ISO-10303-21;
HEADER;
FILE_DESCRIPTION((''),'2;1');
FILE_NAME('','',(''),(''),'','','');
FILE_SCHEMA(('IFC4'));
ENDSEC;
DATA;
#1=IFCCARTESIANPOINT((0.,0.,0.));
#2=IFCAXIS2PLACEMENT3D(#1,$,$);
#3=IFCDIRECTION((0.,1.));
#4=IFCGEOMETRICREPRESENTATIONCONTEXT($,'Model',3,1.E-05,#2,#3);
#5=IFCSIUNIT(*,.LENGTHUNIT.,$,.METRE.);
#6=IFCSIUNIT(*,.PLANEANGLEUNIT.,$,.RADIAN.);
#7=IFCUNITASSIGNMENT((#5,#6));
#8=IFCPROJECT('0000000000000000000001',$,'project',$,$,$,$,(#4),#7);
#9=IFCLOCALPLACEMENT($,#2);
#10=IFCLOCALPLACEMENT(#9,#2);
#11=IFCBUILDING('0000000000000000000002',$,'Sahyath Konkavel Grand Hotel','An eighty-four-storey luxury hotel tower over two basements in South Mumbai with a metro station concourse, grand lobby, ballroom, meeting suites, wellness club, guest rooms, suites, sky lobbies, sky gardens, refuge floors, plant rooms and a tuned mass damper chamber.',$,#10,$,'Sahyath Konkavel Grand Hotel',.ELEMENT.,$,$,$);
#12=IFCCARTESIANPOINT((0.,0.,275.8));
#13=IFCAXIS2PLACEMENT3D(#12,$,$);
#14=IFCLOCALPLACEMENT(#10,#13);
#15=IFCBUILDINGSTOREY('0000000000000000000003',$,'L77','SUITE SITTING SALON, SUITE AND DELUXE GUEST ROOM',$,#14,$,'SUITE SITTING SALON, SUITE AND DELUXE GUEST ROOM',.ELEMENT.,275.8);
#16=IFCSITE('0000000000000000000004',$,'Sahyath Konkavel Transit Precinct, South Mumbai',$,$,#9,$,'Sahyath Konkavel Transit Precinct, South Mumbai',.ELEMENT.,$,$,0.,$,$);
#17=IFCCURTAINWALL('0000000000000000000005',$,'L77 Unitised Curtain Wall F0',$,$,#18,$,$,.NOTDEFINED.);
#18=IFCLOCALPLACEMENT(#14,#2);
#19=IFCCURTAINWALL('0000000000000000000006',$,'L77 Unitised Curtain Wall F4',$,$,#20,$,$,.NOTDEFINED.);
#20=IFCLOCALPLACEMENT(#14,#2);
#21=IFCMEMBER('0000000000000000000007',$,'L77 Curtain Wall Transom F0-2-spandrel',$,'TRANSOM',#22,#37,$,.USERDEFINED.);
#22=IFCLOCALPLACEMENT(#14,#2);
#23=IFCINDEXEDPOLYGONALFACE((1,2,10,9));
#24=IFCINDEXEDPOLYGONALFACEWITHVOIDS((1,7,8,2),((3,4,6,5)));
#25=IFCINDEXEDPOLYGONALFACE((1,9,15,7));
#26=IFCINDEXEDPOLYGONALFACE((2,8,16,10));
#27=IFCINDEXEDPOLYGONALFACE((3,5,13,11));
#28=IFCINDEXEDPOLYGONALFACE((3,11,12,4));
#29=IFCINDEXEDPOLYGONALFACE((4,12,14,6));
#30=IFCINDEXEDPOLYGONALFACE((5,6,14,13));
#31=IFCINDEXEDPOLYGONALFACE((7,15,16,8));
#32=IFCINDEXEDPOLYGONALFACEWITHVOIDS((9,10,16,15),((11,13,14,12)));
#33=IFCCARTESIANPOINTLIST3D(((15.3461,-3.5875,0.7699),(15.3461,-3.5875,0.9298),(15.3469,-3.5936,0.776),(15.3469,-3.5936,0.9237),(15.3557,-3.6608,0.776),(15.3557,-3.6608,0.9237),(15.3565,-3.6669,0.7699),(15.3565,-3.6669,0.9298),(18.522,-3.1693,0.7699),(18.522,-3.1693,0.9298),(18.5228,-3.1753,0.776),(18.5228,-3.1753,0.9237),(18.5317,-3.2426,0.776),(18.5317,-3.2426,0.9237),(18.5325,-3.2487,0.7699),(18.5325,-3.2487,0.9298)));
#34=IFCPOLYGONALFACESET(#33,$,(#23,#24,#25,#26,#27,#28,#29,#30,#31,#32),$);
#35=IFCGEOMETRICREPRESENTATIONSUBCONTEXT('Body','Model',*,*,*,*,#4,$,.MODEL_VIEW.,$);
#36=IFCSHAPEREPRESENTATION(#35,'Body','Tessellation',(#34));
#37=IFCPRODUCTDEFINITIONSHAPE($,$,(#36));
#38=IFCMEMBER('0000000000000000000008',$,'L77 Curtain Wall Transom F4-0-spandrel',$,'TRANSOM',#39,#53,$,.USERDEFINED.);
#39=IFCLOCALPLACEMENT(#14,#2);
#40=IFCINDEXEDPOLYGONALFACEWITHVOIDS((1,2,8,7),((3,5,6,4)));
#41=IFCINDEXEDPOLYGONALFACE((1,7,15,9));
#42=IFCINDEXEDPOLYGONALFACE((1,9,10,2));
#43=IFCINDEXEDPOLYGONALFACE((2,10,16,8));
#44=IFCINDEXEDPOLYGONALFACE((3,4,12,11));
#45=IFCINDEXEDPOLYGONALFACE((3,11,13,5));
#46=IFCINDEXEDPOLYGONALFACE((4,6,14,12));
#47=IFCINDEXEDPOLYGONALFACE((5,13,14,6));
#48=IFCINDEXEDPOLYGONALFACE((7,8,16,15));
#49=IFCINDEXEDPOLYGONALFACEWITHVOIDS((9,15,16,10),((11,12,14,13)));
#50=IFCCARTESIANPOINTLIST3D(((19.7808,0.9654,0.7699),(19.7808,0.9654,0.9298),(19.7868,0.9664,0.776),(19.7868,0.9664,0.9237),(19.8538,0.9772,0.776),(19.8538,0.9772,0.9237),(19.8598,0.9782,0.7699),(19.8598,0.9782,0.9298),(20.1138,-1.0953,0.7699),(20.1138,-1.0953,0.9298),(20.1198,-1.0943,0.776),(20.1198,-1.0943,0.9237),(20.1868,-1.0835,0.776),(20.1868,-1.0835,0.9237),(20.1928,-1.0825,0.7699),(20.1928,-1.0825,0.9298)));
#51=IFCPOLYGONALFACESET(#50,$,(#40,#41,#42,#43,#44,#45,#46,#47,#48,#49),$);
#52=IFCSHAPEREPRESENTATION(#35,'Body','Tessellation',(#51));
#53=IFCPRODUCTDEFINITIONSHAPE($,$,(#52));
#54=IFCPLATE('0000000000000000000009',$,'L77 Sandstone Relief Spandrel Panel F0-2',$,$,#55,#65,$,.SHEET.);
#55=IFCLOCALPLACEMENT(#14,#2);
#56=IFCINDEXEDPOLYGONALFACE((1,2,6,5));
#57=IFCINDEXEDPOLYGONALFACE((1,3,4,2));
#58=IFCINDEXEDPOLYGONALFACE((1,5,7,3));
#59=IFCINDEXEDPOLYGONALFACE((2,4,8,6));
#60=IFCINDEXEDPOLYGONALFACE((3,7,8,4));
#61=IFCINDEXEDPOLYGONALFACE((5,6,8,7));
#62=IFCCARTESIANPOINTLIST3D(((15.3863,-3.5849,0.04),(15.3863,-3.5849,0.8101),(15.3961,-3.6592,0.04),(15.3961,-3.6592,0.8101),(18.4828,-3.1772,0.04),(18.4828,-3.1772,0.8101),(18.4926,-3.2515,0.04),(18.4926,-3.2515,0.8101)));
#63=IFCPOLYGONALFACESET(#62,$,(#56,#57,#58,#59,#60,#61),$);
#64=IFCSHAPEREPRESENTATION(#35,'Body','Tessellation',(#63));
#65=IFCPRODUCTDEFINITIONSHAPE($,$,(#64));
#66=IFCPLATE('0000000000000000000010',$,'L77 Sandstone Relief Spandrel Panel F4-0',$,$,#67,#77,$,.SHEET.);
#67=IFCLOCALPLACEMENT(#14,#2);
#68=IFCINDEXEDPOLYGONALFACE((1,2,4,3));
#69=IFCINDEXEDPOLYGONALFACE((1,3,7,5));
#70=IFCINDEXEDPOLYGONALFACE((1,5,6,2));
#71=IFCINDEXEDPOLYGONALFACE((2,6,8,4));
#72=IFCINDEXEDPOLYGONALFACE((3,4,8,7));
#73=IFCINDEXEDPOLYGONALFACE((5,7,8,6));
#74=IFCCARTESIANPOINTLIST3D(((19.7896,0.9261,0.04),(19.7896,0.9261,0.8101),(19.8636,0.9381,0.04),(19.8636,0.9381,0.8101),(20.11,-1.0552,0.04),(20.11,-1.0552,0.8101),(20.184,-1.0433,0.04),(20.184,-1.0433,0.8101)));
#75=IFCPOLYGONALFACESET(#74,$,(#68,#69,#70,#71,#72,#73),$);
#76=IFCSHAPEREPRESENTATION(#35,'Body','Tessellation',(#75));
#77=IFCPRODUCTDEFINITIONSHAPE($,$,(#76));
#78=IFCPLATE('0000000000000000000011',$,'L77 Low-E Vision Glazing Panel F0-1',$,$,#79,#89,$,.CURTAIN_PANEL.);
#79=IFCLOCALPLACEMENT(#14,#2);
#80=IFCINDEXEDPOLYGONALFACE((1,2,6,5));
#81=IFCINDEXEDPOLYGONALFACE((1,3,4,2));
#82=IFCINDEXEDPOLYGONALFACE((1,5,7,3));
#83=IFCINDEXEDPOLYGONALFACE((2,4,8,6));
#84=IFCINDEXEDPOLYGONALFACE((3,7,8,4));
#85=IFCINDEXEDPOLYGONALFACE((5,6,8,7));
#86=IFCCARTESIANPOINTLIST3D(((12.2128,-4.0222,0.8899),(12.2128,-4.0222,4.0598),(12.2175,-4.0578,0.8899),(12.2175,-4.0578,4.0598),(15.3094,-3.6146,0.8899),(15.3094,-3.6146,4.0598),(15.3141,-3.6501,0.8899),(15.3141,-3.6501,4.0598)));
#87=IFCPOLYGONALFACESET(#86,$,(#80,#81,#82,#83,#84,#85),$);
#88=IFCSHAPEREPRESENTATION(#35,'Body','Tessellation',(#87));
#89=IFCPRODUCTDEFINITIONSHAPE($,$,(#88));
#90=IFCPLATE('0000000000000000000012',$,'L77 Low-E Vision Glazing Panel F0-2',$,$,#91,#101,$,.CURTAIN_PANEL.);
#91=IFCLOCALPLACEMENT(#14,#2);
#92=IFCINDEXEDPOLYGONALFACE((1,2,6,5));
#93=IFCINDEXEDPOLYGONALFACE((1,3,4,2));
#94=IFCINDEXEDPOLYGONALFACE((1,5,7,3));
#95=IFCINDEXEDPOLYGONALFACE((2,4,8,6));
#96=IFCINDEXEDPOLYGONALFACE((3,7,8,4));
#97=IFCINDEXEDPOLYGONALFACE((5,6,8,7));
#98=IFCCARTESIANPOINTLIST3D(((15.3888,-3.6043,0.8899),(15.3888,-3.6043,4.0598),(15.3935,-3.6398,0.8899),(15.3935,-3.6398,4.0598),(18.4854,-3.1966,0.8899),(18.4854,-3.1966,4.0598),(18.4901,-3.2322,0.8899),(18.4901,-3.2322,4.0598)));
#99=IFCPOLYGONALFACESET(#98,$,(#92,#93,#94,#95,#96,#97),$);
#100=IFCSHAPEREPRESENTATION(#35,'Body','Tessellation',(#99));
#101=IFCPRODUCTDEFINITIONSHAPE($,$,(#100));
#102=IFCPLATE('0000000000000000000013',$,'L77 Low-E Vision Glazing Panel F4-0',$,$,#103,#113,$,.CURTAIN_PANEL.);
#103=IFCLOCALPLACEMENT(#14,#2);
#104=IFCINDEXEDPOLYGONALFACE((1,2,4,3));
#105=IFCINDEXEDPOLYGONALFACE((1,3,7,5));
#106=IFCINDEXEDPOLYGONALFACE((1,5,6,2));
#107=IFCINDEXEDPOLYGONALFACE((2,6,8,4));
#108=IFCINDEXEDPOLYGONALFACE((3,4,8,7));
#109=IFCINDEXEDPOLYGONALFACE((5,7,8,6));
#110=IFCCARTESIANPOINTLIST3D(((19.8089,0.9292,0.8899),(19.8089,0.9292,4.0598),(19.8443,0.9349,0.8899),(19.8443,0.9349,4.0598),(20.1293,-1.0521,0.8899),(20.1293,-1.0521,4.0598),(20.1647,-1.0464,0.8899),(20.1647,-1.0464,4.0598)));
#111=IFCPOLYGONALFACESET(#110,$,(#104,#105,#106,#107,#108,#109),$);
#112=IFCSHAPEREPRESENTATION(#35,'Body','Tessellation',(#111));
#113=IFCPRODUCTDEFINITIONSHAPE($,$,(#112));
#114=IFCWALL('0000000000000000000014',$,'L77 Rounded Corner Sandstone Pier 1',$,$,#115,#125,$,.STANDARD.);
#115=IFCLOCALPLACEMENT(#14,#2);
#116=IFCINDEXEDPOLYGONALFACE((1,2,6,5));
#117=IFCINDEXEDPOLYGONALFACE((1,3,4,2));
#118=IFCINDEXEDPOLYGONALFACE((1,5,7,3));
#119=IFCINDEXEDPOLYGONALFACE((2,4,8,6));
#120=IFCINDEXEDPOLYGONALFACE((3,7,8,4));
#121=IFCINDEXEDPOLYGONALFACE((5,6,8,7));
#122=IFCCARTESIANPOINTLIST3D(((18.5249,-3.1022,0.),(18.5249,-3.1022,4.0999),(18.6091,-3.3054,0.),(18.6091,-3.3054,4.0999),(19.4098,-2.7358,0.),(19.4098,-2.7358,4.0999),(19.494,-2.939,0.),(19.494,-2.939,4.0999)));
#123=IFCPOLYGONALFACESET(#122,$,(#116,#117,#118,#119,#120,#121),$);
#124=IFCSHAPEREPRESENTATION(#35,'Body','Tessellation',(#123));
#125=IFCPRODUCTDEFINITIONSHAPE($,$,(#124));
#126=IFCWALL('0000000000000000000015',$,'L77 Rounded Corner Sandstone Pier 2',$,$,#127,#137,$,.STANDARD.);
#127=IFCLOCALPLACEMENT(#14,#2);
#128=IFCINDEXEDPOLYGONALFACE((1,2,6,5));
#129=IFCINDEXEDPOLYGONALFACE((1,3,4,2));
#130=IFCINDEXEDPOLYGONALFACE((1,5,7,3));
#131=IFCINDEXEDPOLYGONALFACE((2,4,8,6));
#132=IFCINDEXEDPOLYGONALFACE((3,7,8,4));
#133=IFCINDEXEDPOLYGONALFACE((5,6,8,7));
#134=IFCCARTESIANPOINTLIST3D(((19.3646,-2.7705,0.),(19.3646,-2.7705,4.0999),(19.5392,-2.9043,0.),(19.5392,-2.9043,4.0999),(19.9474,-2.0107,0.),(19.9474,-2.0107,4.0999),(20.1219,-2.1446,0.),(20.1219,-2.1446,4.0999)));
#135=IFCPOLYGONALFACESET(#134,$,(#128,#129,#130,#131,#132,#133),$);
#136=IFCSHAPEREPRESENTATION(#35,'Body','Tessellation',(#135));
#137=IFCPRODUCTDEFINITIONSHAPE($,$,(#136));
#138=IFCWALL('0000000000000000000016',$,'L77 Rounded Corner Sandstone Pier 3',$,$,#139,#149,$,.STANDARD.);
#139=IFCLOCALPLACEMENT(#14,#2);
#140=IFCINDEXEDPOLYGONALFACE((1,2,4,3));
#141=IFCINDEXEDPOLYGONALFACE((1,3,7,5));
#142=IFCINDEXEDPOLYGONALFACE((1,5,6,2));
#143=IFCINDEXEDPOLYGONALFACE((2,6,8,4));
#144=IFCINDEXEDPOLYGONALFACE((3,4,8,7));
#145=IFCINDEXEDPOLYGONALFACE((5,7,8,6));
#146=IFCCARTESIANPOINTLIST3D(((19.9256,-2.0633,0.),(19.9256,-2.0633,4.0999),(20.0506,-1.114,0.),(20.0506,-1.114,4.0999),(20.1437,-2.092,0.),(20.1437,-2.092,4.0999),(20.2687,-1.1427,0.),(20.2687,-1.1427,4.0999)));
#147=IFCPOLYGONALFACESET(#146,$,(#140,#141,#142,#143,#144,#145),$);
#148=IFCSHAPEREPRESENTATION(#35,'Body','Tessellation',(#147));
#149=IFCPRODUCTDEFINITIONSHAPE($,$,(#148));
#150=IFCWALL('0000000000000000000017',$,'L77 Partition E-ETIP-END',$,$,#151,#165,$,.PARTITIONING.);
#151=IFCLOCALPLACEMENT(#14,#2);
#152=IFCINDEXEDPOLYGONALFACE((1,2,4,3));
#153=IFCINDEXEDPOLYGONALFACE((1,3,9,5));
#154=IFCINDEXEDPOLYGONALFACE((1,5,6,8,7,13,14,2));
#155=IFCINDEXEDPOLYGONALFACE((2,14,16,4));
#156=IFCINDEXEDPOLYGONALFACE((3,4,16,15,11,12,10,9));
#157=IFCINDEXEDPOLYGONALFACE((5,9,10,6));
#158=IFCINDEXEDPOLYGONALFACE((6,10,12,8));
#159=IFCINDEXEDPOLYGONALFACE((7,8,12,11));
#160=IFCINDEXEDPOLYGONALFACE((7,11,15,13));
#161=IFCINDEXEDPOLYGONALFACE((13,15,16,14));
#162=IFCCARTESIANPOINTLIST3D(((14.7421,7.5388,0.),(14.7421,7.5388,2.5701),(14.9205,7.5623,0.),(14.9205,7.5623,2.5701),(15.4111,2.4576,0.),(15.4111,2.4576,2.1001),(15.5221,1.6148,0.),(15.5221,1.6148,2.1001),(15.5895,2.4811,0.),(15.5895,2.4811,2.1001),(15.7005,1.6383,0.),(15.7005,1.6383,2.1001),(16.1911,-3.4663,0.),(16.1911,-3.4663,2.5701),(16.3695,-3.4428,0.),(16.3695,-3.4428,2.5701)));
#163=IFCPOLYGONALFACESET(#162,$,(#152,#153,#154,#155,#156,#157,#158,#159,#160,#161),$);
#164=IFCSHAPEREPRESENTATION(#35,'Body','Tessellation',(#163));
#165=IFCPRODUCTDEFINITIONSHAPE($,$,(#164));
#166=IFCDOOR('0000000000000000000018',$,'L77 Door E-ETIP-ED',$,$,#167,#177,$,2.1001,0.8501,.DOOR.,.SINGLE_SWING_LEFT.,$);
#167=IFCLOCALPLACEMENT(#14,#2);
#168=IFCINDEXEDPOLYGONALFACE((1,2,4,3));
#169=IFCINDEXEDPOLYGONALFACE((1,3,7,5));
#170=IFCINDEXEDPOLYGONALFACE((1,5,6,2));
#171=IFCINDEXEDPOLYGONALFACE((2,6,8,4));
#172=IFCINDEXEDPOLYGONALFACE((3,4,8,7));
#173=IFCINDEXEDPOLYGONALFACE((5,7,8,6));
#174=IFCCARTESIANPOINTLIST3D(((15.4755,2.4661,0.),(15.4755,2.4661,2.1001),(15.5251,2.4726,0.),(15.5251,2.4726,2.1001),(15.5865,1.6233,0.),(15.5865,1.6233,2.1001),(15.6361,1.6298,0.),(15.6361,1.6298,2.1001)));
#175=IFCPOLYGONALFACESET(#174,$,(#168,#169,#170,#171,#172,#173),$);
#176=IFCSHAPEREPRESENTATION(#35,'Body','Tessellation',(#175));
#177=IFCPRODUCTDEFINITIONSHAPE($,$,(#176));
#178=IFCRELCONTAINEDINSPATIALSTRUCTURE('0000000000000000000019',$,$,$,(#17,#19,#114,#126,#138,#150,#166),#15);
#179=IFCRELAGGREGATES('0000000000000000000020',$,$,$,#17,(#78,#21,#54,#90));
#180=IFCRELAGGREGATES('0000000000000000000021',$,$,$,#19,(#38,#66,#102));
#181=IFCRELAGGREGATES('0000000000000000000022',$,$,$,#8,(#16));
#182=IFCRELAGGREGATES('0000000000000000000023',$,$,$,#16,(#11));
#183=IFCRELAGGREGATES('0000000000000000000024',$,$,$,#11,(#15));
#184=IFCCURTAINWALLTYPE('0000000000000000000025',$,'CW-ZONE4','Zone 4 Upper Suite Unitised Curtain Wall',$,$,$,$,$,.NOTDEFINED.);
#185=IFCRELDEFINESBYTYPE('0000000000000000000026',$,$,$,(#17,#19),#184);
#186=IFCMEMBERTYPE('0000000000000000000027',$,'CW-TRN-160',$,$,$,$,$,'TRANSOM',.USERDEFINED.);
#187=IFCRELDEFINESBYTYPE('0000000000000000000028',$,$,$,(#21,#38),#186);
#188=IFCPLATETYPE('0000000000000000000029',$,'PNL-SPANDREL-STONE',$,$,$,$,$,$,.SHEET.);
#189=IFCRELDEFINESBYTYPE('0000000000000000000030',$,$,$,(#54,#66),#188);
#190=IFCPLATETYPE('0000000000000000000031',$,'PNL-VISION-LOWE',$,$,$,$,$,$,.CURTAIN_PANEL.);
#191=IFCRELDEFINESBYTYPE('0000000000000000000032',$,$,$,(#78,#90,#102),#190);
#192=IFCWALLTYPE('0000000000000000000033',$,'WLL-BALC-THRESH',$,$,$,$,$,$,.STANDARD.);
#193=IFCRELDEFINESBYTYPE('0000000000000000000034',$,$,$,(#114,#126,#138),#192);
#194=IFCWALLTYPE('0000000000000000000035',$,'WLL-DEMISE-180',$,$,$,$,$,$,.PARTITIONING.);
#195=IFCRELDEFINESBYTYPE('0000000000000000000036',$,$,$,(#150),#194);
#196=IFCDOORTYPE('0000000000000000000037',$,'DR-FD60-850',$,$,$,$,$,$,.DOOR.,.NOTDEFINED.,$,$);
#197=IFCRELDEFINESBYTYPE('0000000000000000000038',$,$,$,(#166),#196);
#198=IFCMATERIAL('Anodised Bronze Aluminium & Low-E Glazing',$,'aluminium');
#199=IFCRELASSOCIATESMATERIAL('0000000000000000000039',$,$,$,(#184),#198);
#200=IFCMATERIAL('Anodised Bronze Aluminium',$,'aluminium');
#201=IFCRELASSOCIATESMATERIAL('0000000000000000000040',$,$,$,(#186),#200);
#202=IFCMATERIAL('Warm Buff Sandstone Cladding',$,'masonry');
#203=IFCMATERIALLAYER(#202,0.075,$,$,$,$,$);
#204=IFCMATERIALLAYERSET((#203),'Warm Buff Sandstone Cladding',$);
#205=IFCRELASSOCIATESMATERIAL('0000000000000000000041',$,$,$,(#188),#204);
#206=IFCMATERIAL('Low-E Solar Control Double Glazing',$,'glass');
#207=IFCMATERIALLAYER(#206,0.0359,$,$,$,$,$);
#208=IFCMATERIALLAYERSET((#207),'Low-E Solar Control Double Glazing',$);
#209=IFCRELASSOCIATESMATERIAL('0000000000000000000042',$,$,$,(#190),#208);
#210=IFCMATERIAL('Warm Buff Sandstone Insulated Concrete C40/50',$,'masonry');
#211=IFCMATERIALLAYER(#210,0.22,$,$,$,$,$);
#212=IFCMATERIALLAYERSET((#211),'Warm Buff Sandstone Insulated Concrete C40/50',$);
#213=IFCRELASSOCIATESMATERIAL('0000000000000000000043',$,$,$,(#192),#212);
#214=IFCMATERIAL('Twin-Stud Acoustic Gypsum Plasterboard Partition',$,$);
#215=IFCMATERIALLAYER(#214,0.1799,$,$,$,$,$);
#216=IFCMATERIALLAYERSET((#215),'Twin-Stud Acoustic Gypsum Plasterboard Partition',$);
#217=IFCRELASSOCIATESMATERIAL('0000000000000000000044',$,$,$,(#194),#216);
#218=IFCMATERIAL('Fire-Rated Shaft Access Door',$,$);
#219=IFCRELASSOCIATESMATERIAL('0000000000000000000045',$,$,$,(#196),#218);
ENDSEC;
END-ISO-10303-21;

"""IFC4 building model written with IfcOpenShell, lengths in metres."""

from ifc_helpers import new_model, si_unit, direction, frame, frame_2d, origin, origin_2d, place, context, subcontext, project, spatial, rectangle, hollow_rectangle, extrude, source, transform, mapped, material, layer, layer_set, material_profile, profile_set, type_object, element, fill, aggregate, save


model = new_model("IFC4")

# Units and contexts
model_context = context("Model", 3, precision=1e-05, world=origin(), true_north=direction((0.0, 1.0)))
body_context = subcontext(model_context, "Body", "Model", "MODEL_VIEW")
ifc_project = project(units=[si_unit("LENGTHUNIT", "METRE"), si_unit("PLANEANGLEUNIT", "RADIAN")], contexts=[model_context])

# Site, building, storey
site_placement = place(None, origin())
site = spatial("IfcSite", under=ifc_project, at=site_placement, Name="Sahyath Konkavel Transit Precinct, South Mumbai", LongName="Sahyath Konkavel Transit Precinct, South Mumbai", CompositionType="ELEMENT", RefElevation=0.0)
building_placement = place(site_placement, origin())
building = spatial("IfcBuilding", under=site, at=building_placement, Name="Sahyath Konkavel Grand Hotel", Description="An eighty-four-storey luxury hotel tower over two basements in South Mumbai with a metro station concourse, grand lobby, ballroom, meeting suites, wellness club, guest rooms, suites, sky lobbies, sky gardens, refuge floors, plant rooms and a tuned mass damper chamber.", LongName="Sahyath Konkavel Grand Hotel", CompositionType="ELEMENT")
storey_placement = place(building_placement, frame((0.0, 0.0, 275.8)))
storey = spatial("IfcBuildingStorey", under=building, at=storey_placement, Name="L77", Description="SUITE SITTING SALON, SUITE AND DELUXE GUEST ROOM", LongName="SUITE SITTING SALON, SUITE AND DELUXE GUEST ROOM", CompositionType="ELEMENT", Elevation=275.8)

# Curtain wall
ifc_material_1 = material(Name="Anodised Bronze Aluminium & Low-E Glazing", Category="aluminium")
curtain_wall_type = type_object("IfcCurtainWallType", Name="CW-ZONE4", Description="Zone 4 Upper Suite Unitised Curtain Wall", PredefinedType="NOTDEFINED", material=ifc_material_1)
curtain_wall_1_placement = place(storey_placement, origin())
curtain_wall_1 = element("IfcCurtainWall", 1, at=curtain_wall_1_placement, inside=storey, type_object=curtain_wall_type, Name="L77 Unitised Curtain Wall F0", PredefinedType="NOTDEFINED")
ifc_material_2 = material(Name="Anodised Bronze Aluminium", Category="aluminium")

# Curtain wall
curtain_wall_2_placement = place(storey_placement, origin())
curtain_wall_2 = element("IfcCurtainWall", 2, at=curtain_wall_2_placement, inside=storey, type_object=curtain_wall_type, Name="L77 Unitised Curtain Wall F4", PredefinedType="NOTDEFINED")

# Members
ifc_material_profile_1 = material_profile(ifc_material_2, hollow_rectangle(XDim=0.0801, YDim=0.1599, WallThickness=0.0061, at=origin_2d()), Name="RHS 160x80x6")
ifc_profile_set_1 = profile_set([ifc_material_profile_1], Name="Anodised Bronze Aluminium")
member_type_1 = type_object("IfcMemberType", Name="CW-TRN-160", ElementType="TRANSOM", PredefinedType="USERDEFINED", material=ifc_profile_set_1)
shared_shape_1 = source(origin(), body_context, "Body", "SweptSolid", [
    extrude(hollow_rectangle(XDim=0.0801, YDim=0.1599, WallThickness=0.0061, at=origin_2d()), origin(), (0.0, 0.0, 1.0), 3.2034),
])
member_1_placement = place(storey_placement, frame((15.3513, -3.6272, 0.8499), z_axis=(0.991442, 0.130551, 0.0), x_axis=(-0.130551, 0.991442, 0.0)))
member_1 = element("IfcMember", 3, at=member_1_placement, type_object=member_type_1, Name="L77 Curtain Wall Transom F0-2-spandrel", ObjectType="TRANSOM", PredefinedType="USERDEFINED", context=body_context, shape_type="MappedRepresentation", body=[
    mapped(shared_shape_1, transform((0.0, 0.0, 0.0), scale=1.0)),
])
shared_shape_2 = source(origin(), body_context, "Body", "SweptSolid", [
    extrude(hollow_rectangle(XDim=0.0801, YDim=0.1599, WallThickness=0.0061, at=origin_2d()), origin(), (0.0, 0.0, 1.0), 2.0874),
])
member_2_placement = place(storey_placement, frame((20.1533, -1.0889, 0.8499), z_axis=(-0.159541, 0.987191, 0.0), x_axis=(-0.987191, -0.159541, 0.0)))
member_2 = element("IfcMember", 4, at=member_2_placement, type_object=member_type_1, Name="L77 Curtain Wall Transom F4-0-spandrel", ObjectType="TRANSOM", PredefinedType="USERDEFINED", context=body_context, shape_type="MappedRepresentation", body=[
    mapped(shared_shape_2, transform((0.0, 0.0, 0.0), scale=1.0)),
])

# Plates
ifc_material_3 = material(Name="Warm Buff Sandstone Cladding", Category="masonry")
ifc_layer_1 = layer(ifc_material_3, 0.075)
ifc_layer_set_1 = layer_set([ifc_layer_1], Name="Warm Buff Sandstone Cladding")
plate_type_1 = type_object("IfcPlateType", Name="PNL-SPANDREL-STONE", PredefinedType="SHEET", material=ifc_layer_set_1)
shared_shape_3 = source(origin(), body_context, "Body", "SweptSolid", [
    extrude(rectangle(XDim=3.1233, YDim=0.075, at=origin_2d()), origin(), (0.0, 0.0, 1.0), 0.77),
])
plate_1_placement = place(storey_placement, frame((16.9395, -3.4182, 0.04), z_axis=(0.0, 0.0, 1.0), x_axis=(0.991445, 0.130526, 0.0)))
plate_1 = element("IfcPlate", 5, at=plate_1_placement, type_object=plate_type_1, Name="L77 Sandstone Relief Spandrel Panel F0-2", PredefinedType="SHEET", context=body_context, shape_type="MappedRepresentation", body=[
    mapped(shared_shape_3, transform((0.0, 0.0, 0.0), scale=1.0)),
])
shared_shape_4 = source(origin(), body_context, "Body", "SweptSolid", [
    extrude(rectangle(XDim=2.0071, YDim=0.075, at=origin_2d()), origin(), (0.0, 0.0, 1.0), 0.77),
])
plate_2_placement = place(storey_placement, frame((19.9868, -0.0586, 0.04), z_axis=(0.0, 0.0, 1.0), x_axis=(-0.159623, 0.987178, 0.0)))
plate_2 = element("IfcPlate", 6, at=plate_2_placement, type_object=plate_type_1, Name="L77 Sandstone Relief Spandrel Panel F4-0", PredefinedType="SHEET", context=body_context, shape_type="MappedRepresentation", body=[
    mapped(shared_shape_4, transform((0.0, 0.0, 0.0), scale=1.0)),
])
ifc_material_4 = material(Name="Low-E Solar Control Double Glazing", Category="glass")
ifc_layer_2 = layer(ifc_material_4, 0.0359)
ifc_layer_set_2 = layer_set([ifc_layer_2], Name="Low-E Solar Control Double Glazing")
plate_type_2 = type_object("IfcPlateType", Name="PNL-VISION-LOWE", PredefinedType="CURTAIN_PANEL", material=ifc_layer_set_2)
shared_shape_5 = source(origin(), body_context, "Body", "SweptSolid", [
    extrude(rectangle(XDim=3.1233, YDim=0.0359, at=origin_2d()), origin(), (0.0, 0.0, 1.0), 3.1699),
])
plate_3_placement = place(storey_placement, frame((13.7634, -3.8362, 0.8899), z_axis=(0.0, 0.0, 1.0), x_axis=(0.991445, 0.130526, 0.0)))
plate_3 = element("IfcPlate", 7, at=plate_3_placement, type_object=plate_type_2, Name="L77 Low-E Vision Glazing Panel F0-1", PredefinedType="CURTAIN_PANEL", context=body_context, shape_type="MappedRepresentation", body=[
    mapped(shared_shape_5, transform((0.0, 0.0, 0.0), scale=1.0)),
])
plate_4_placement = place(storey_placement, frame((16.9395, -3.4182, 0.8899), z_axis=(0.0, 0.0, 1.0), x_axis=(0.991445, 0.130526, 0.0)))
plate_4 = element("IfcPlate", 8, at=plate_4_placement, type_object=plate_type_2, Name="L77 Low-E Vision Glazing Panel F0-2", PredefinedType="CURTAIN_PANEL", context=body_context, shape_type="MappedRepresentation", body=[
    mapped(shared_shape_5, transform((0.0, 0.0, 0.0), scale=1.0)),
])
aggregate(curtain_wall_1, [plate_3, member_1, plate_1, plate_4])
shared_shape_6 = source(origin(), body_context, "Body", "SweptSolid", [
    extrude(rectangle(XDim=2.0071, YDim=0.0359, at=origin_2d()), origin(), (0.0, 0.0, 1.0), 3.1699),
])
plate_5_placement = place(storey_placement, frame((19.9868, -0.0586, 0.8899), z_axis=(0.0, 0.0, 1.0), x_axis=(-0.159623, 0.987178, 0.0)))
plate_5 = element("IfcPlate", 9, at=plate_5_placement, type_object=plate_type_2, Name="L77 Low-E Vision Glazing Panel F4-0", PredefinedType="CURTAIN_PANEL", context=body_context, shape_type="MappedRepresentation", body=[
    mapped(shared_shape_6, transform((0.0, 0.0, 0.0), scale=1.0)),
])
aggregate(curtain_wall_2, [member_2, plate_2, plate_5])

# Walls
ifc_material_5 = material(Name="Warm Buff Sandstone Insulated Concrete C40/50", Category="masonry")
ifc_layer_3 = layer(ifc_material_5, 0.22)
ifc_layer_set_3 = layer_set([ifc_layer_3], Name="Warm Buff Sandstone Insulated Concrete C40/50")
wall_type_1 = type_object("IfcWallType", Name="WLL-BALC-THRESH", PredefinedType="STANDARD", material=ifc_layer_set_3)
wall_1_placement = place(storey_placement, frame((18.5669, -3.2039, 0.0), z_axis=(0.0, 0.0, 1.0), x_axis=(0.923927, 0.382569, 0.0)))
element("IfcWall", 10, at=wall_1_placement, inside=storey, type_object=wall_type_1, Name="L77 Rounded Corner Sandstone Pier 1", PredefinedType="STANDARD", context=body_context, shape_type="SweptSolid", body=[
    extrude(rectangle(XDim=0.9578, YDim=0.22, at=frame_2d((0.479, 0.0))), origin(), (0.0, 0.0, 1.0), 4.0999),
])
for number, where, z_axis, x_axis, name in (
    (11, (19.4519, -2.8374, 0.0), (0.0, 0.0, 1.0), (0.608614, 0.793467, 0.0), "L77 Rounded Corner Sandstone Pier 2"),
    (12, (20.0347, -2.0776, 0.0), (0.0, 0.0, 1.0), (0.13056, 0.99144, 0.0), "L77 Rounded Corner Sandstone Pier 3"),
):
    element("IfcWall", number, at=place(storey_placement, frame(where, z_axis=z_axis, x_axis=x_axis)), inside=storey, type_object=wall_type_1, Name=name, PredefinedType="STANDARD", context=body_context, shape_type="SweptSolid", body=[
        extrude(rectangle(XDim=0.9575, YDim=0.22, at=frame_2d((0.4788, 0.0))), origin(), (0.0, 0.0, 1.0), 4.0999),
    ])

# Wall, opening, door
ifc_material_6 = material(Name="Twin-Stud Acoustic Gypsum Plasterboard Partition")
ifc_layer_4 = layer(ifc_material_6, 0.1799)
ifc_layer_set_4 = layer_set([ifc_layer_4], Name="Twin-Stud Acoustic Gypsum Plasterboard Partition")
wall_type_2 = type_object("IfcWallType", Name="WLL-DEMISE-180", PredefinedType="PARTITIONING", material=ifc_layer_set_4)
wall_2_placement = place(storey_placement, frame((16.2803, -3.4546, 0.0), z_axis=(0.0, 0.0, 1.0), x_axis=(-0.130537, 0.991443, 0.0)))
wall_2 = element("IfcWall", 13, at=wall_2_placement, inside=storey, type_object=wall_type_2, Name="L77 Partition E-ETIP-END", PredefinedType="PARTITIONING", context=body_context, shape_type="SweptSolid", body=[
    extrude(rectangle(XDim=11.1001, YDim=0.1799, at=frame_2d((5.55, 0.0))), origin(), (0.0, 0.0, 1.0), 2.5701),
])
opening_1_placement = place(wall_2_placement, frame((5.125, 0.0, 0.0)))
opening_1 = element("IfcOpeningElement", 14, at=opening_1_placement, cuts=wall_2, PredefinedType="OPENING", context=body_context, shape_type="SweptSolid", body=[
    extrude(rectangle(XDim=0.8501, YDim=2.1001, at=frame_2d((0.425, 1.05))), frame((0.0, 0.1001, 0.0), z_axis=(0.0, -1.0, 0.0), x_axis=(1.0, 0.0, 0.0)), (0.0, 0.0, 1.0), 0.2),
])
ifc_material_7 = material(Name="Fire-Rated Shaft Access Door")
door_type_1 = type_object("IfcDoorType", Name="DR-FD60-850", OperationType="NOTDEFINED", PredefinedType="DOOR", material=ifc_material_7)
shared_shape_7 = source(origin(), body_context, "Body", "SweptSolid", [
    extrude(rectangle(XDim=0.8501, YDim=0.05, at=origin_2d()), origin(), (0.0, 0.0, 1.0), 2.1001),
])
door_1_placement = place(opening_1_placement, frame((0.425, 0.0, 0.0)))
door_1 = element("IfcDoor", 15, at=door_1_placement, inside=storey, type_object=door_type_1, Name="L77 Door E-ETIP-ED", OperationType="SINGLE_SWING_LEFT", OverallHeight=2.1001, OverallWidth=0.8501, PredefinedType="DOOR", context=body_context, shape_type="MappedRepresentation", body=[
    mapped(shared_shape_7, transform((0.0, 0.0, 0.0), scale=1.0)),
])
fill(opening_1, door_1)

save(model, "model.ifc")
